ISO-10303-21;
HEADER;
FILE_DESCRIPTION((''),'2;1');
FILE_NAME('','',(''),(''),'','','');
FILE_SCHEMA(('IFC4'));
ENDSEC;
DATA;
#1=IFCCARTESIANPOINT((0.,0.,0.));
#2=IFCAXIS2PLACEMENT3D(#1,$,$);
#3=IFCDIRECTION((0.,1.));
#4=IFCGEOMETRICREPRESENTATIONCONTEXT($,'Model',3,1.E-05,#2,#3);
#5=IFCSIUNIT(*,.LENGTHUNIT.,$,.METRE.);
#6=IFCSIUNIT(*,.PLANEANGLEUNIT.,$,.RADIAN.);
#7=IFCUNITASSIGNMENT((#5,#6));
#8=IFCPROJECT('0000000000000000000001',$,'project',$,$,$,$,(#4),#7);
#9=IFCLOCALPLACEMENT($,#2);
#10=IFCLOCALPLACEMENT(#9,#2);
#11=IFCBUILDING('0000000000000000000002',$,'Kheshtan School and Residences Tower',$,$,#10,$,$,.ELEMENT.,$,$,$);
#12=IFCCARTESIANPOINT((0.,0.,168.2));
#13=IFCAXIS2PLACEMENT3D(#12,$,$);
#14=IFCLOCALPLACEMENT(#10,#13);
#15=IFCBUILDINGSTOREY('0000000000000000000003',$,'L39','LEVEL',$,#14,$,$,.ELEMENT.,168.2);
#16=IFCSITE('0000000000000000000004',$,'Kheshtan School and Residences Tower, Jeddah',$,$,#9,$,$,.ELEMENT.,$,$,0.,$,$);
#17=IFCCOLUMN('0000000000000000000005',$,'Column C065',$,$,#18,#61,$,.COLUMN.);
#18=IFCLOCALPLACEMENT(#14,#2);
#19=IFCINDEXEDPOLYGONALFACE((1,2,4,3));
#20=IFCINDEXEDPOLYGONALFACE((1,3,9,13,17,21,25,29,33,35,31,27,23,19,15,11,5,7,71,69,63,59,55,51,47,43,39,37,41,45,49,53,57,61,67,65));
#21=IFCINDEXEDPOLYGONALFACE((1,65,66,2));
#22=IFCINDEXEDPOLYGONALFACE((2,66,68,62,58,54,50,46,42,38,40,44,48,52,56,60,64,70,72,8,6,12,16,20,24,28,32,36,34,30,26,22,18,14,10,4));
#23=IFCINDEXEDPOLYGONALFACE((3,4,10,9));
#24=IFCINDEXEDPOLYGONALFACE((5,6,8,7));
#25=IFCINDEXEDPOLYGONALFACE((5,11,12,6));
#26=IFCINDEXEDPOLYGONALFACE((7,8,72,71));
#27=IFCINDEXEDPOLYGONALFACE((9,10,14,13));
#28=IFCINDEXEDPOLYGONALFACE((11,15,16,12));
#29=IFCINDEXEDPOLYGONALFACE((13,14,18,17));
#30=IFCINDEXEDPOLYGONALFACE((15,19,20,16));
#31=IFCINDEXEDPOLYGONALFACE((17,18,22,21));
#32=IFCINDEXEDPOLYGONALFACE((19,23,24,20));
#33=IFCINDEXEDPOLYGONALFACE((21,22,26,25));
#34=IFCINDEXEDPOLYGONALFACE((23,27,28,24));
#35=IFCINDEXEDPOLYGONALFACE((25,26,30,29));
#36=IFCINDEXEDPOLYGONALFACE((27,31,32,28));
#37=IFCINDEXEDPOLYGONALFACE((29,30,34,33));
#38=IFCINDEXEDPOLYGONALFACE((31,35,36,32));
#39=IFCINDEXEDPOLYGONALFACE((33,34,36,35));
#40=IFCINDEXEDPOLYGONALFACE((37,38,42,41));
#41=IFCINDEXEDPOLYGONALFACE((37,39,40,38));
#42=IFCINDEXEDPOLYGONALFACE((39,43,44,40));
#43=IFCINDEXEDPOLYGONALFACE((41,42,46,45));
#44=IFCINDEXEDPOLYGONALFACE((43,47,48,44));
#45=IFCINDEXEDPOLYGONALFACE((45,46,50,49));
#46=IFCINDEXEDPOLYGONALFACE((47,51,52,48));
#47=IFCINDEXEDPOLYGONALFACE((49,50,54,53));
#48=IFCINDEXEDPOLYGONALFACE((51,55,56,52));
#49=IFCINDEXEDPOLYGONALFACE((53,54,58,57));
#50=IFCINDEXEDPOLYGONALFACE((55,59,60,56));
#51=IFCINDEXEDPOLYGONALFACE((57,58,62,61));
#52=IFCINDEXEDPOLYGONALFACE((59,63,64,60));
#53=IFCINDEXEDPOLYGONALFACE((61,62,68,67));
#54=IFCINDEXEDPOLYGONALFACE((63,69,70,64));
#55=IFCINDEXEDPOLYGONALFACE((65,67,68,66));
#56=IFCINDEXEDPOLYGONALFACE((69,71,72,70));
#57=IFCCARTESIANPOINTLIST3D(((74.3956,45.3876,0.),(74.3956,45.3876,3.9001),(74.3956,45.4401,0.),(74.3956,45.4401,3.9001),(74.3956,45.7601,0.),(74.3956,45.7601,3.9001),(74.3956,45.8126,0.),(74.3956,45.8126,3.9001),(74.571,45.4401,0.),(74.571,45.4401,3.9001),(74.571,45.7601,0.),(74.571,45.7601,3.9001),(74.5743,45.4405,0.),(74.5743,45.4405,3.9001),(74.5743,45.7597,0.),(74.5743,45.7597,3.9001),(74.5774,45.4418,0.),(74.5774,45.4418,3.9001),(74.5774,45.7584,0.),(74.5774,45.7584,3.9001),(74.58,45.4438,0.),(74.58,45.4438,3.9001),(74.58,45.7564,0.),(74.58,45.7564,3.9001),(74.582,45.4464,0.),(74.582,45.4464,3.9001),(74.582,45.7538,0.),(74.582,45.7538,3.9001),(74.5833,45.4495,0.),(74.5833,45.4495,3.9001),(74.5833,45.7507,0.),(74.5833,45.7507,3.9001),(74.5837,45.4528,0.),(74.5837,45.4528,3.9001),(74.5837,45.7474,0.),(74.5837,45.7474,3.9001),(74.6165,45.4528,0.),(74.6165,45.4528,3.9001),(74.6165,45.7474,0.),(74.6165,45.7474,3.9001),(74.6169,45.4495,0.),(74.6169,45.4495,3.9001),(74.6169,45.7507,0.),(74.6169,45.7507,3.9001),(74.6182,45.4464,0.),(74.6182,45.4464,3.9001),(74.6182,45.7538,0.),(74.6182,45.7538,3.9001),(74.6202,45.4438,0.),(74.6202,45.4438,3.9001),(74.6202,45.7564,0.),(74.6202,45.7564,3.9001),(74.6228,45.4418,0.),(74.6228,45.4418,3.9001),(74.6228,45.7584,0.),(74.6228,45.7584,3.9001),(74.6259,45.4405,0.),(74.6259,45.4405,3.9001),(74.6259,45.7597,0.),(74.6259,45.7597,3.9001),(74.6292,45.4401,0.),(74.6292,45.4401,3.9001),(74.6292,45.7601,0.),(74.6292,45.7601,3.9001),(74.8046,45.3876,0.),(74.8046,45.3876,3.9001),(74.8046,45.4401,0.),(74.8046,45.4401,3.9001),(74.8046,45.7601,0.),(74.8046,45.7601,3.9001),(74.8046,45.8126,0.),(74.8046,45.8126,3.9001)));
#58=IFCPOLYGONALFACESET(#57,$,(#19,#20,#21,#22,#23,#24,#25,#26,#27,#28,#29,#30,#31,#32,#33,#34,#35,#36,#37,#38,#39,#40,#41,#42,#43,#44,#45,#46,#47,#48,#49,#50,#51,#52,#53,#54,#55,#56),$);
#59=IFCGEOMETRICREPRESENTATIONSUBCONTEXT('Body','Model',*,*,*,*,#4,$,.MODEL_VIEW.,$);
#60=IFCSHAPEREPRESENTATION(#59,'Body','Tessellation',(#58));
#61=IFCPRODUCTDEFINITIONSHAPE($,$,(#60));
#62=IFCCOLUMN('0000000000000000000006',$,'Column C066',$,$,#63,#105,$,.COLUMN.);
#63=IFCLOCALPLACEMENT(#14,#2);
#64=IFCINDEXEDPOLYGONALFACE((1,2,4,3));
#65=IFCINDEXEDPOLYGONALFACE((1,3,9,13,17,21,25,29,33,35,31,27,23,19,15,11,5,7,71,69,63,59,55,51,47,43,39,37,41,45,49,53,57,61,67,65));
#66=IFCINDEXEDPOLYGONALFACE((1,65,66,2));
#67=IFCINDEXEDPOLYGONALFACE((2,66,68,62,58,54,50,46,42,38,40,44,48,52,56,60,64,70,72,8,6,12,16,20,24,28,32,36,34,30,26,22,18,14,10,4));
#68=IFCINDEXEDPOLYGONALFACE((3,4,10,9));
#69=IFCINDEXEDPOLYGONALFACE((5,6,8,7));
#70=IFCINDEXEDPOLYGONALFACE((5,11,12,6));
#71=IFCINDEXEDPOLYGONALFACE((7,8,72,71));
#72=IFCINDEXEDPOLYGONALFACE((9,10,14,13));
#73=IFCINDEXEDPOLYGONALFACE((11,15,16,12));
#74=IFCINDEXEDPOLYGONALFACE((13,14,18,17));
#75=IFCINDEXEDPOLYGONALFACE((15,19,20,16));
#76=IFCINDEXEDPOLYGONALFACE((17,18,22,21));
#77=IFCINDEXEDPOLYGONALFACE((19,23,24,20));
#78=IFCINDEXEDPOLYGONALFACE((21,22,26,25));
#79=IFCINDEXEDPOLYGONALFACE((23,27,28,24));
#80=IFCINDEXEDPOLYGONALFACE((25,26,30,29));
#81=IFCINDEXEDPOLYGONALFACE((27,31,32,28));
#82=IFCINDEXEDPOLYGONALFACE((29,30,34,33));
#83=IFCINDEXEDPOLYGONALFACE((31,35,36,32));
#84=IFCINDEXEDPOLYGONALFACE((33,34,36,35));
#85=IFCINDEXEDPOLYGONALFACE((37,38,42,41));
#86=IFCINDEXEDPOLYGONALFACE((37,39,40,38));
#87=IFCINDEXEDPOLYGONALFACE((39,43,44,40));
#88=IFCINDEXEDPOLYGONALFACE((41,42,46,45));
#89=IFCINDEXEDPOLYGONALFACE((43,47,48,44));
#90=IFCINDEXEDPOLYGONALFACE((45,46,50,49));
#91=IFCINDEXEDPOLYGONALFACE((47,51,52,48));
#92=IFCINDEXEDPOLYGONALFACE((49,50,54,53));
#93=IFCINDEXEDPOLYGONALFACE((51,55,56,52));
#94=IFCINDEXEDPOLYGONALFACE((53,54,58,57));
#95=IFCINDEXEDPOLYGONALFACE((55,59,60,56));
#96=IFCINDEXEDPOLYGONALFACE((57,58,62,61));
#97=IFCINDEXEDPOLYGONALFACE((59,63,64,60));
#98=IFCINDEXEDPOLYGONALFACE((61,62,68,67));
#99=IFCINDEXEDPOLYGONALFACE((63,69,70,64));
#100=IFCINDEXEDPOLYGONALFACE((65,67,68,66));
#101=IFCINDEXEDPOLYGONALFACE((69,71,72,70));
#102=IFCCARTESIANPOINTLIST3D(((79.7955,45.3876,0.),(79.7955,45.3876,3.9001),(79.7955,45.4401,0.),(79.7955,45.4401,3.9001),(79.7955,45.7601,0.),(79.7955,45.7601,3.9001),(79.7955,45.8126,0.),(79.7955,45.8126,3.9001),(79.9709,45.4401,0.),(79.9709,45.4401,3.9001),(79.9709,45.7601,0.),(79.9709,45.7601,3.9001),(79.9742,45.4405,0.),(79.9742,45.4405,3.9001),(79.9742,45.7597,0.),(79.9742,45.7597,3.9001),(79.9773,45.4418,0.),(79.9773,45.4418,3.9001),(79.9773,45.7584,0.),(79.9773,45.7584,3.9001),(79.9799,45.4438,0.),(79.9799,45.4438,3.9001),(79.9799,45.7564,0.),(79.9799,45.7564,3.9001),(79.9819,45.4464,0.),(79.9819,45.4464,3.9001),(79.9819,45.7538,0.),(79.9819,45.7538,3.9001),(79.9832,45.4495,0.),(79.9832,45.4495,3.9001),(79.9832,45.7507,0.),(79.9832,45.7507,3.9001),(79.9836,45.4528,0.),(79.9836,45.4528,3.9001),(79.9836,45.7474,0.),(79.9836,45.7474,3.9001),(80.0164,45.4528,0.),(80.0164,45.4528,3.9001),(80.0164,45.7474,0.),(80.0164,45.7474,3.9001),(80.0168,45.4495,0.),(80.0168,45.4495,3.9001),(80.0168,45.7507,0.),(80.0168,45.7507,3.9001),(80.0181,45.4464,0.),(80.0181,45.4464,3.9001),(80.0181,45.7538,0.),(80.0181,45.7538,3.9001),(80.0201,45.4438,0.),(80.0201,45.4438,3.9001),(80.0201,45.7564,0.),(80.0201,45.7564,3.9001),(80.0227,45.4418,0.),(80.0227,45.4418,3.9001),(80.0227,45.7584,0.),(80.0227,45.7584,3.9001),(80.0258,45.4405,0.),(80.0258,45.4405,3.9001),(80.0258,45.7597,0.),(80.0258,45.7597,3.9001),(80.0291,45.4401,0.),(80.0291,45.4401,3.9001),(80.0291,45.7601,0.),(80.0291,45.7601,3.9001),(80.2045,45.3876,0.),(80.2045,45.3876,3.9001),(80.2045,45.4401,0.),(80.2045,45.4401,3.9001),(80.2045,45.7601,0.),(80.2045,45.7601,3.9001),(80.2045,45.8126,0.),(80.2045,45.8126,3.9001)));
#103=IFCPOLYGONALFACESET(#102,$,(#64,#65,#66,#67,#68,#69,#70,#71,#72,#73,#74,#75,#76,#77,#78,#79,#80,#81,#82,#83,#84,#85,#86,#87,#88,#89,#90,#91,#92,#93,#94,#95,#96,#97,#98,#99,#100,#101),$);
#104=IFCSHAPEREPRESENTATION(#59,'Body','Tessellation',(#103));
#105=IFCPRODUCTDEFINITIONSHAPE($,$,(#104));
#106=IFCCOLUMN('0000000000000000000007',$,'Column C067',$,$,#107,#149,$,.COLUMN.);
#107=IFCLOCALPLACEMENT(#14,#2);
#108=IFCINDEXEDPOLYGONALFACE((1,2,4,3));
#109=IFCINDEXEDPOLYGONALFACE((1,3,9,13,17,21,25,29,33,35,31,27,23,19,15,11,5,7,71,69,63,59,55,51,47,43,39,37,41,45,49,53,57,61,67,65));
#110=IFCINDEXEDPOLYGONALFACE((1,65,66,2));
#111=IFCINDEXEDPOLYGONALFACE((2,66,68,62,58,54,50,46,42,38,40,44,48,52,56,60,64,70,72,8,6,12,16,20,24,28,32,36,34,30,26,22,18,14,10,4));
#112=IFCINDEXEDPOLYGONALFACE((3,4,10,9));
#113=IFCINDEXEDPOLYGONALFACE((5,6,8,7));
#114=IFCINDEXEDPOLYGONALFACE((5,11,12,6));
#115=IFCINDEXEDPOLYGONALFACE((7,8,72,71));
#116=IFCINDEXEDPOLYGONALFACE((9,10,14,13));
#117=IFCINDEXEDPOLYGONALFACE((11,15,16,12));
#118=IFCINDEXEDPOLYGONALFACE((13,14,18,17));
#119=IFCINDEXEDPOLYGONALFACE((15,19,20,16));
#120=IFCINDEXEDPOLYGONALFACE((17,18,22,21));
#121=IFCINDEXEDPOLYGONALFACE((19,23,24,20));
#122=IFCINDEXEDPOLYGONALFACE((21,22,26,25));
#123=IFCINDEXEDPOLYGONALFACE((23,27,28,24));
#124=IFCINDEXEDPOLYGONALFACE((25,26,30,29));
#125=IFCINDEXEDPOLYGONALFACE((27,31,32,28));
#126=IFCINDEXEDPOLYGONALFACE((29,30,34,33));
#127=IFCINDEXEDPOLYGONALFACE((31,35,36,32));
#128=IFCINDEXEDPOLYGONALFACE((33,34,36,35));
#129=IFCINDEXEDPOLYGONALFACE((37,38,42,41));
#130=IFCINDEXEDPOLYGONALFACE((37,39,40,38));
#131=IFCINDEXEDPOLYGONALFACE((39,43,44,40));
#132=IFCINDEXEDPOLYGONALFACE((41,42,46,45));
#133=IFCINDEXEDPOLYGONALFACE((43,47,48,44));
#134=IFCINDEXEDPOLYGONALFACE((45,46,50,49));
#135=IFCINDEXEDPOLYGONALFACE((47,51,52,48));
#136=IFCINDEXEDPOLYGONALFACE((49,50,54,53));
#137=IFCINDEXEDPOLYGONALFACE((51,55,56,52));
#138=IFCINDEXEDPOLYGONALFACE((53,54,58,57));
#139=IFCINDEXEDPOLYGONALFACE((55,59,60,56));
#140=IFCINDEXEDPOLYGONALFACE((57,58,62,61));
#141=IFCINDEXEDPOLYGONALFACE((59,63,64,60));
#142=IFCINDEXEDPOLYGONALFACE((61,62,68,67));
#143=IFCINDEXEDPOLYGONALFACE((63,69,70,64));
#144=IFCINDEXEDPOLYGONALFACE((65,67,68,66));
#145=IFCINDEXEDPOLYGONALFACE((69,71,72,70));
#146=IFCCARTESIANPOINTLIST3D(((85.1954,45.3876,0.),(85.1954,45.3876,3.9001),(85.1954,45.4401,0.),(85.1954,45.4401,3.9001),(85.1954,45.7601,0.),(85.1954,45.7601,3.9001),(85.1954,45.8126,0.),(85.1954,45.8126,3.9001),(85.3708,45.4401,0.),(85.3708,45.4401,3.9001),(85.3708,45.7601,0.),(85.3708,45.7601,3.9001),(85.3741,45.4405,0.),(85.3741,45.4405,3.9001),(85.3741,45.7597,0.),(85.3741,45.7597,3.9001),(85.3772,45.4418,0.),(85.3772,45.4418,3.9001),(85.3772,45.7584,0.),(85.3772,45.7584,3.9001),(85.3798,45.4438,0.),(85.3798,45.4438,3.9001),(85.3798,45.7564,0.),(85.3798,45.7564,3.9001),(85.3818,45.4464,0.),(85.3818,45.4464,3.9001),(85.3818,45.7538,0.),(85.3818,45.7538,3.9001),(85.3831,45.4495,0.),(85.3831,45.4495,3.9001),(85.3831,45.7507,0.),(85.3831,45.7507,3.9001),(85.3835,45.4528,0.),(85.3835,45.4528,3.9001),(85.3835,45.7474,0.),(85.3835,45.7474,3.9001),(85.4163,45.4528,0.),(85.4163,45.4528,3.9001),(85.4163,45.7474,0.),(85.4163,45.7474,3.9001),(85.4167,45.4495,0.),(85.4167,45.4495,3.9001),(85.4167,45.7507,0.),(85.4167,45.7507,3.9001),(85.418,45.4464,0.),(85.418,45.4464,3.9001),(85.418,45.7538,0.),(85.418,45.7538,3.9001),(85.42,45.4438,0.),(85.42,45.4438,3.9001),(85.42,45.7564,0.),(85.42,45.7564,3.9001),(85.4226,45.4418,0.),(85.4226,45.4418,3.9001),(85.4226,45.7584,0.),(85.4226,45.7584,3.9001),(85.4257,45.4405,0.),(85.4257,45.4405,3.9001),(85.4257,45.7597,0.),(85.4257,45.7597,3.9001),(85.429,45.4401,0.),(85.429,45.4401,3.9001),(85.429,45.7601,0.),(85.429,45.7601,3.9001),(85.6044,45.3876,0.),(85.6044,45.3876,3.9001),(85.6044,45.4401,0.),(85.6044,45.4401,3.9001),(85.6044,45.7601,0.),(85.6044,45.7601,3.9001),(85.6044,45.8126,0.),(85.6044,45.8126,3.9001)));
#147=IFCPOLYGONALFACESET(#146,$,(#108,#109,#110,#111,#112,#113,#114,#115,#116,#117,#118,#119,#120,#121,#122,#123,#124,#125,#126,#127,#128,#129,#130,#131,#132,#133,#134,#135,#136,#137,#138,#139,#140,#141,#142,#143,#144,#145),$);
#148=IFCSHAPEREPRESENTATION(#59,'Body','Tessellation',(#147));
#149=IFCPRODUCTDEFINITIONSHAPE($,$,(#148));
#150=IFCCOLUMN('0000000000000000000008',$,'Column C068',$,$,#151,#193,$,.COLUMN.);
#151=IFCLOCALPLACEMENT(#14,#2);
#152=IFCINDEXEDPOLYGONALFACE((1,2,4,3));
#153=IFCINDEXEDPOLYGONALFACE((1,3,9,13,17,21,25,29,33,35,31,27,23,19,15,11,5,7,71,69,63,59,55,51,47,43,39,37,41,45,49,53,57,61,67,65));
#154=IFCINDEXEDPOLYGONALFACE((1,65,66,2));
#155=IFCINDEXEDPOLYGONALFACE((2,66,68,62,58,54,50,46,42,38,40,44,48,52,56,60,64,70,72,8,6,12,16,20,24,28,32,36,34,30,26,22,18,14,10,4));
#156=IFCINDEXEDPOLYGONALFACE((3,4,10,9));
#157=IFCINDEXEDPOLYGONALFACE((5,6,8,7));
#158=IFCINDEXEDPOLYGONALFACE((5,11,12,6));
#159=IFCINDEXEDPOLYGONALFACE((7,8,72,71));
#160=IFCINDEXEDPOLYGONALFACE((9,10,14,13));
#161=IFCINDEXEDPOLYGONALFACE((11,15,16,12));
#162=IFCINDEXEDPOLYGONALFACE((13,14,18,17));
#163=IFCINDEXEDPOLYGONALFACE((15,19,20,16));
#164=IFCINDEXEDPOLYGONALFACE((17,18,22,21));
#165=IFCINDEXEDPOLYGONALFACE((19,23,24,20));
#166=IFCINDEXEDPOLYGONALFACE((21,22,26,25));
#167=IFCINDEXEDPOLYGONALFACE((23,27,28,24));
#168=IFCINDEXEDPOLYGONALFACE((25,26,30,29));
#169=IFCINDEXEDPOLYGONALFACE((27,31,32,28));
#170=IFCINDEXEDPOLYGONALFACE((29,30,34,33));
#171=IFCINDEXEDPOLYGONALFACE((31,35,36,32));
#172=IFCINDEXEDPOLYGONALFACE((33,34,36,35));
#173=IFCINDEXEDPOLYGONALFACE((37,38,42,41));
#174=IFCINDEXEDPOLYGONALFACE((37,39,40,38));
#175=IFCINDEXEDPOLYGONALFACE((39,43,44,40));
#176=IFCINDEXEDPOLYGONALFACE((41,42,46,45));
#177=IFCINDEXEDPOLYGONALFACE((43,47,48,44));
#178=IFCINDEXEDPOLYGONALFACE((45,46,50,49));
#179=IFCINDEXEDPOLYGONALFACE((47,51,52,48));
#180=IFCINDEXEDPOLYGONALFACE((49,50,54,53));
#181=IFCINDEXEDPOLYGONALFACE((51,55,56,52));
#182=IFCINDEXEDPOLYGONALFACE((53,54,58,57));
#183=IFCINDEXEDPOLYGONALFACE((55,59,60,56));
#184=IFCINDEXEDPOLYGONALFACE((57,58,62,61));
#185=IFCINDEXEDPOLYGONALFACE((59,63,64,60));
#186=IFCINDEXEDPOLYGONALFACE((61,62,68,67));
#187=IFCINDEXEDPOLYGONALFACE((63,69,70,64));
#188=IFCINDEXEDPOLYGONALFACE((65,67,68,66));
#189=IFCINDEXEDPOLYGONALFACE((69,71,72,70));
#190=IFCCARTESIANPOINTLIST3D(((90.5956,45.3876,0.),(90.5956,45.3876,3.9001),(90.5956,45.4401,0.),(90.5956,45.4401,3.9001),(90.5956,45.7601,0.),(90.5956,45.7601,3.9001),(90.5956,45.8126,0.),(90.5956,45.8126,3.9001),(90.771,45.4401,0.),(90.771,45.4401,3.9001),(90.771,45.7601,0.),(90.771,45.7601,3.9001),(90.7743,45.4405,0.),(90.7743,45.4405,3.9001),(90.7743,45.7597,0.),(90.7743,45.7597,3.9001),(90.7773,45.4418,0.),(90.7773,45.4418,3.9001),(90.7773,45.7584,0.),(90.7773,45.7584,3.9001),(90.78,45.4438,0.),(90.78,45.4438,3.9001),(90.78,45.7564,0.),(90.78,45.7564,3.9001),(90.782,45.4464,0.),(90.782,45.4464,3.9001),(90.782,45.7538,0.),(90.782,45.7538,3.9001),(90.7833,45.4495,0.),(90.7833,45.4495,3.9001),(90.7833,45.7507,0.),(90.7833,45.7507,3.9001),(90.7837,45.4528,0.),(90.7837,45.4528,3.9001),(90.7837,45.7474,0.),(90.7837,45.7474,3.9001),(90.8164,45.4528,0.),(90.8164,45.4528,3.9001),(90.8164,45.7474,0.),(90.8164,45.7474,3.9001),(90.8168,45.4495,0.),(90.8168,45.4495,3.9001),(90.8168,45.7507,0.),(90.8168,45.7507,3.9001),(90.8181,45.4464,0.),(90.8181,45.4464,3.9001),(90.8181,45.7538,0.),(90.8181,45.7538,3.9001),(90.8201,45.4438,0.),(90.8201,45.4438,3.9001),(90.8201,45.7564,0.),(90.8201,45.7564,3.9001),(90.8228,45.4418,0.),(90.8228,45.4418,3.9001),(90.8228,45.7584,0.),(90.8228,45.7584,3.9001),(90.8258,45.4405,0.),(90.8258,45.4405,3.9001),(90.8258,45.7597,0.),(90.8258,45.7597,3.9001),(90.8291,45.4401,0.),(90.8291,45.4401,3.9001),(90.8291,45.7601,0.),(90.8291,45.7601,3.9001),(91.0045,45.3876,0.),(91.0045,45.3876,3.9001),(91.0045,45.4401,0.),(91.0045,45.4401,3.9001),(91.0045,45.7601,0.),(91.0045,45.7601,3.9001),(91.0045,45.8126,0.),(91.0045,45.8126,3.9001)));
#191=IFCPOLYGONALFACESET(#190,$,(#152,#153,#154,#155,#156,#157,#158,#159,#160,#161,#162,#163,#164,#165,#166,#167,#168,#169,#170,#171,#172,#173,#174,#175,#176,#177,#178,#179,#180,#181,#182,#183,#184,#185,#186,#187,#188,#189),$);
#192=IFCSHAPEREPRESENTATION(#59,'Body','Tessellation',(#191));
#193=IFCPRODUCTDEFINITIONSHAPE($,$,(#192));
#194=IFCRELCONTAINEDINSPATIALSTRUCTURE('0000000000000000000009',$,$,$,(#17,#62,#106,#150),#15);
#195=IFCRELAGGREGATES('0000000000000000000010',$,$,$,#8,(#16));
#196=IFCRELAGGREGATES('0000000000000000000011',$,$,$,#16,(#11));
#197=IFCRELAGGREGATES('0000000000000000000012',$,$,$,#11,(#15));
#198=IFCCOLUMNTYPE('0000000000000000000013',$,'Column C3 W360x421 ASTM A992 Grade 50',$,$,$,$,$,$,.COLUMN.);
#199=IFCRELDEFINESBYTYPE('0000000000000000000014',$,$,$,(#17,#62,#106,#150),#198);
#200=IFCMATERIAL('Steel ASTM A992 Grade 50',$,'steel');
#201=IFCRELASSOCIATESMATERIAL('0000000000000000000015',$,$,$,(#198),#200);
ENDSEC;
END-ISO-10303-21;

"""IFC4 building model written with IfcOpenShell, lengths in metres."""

from ifc_helpers import new_model, si_unit, direction, frame, origin, origin_2d, place, context, subcontext, project, spatial, i_section, extrude, material, material_profile, profile_set, type_object, element, save


model = new_model("IFC4")

# Units and contexts
model_context = context("Model", 3, precision=1e-05, world=origin(), true_north=direction((0.0, 1.0)))
body_context = subcontext(model_context, "Body", "Model", "MODEL_VIEW")
ifc_project = project(units=[si_unit("LENGTHUNIT", "METRE"), si_unit("PLANEANGLEUNIT", "RADIAN")], contexts=[model_context])

# Site, building, storey
site_placement = place(None, origin())
site = spatial("IfcSite", under=ifc_project, at=site_placement, Name="Kheshtan School and Residences Tower, Jeddah", CompositionType="ELEMENT", RefElevation=0.0)
building_placement = place(site_placement, origin())
building = spatial("IfcBuilding", under=site, at=building_placement, Name="Kheshtan School and Residences Tower", CompositionType="ELEMENT")
storey_placement = place(building_placement, frame((0.0, 0.0, 168.2)))
storey = spatial("IfcBuildingStorey", under=building, at=storey_placement, Name="L39", Description="LEVEL", CompositionType="ELEMENT", Elevation=168.2)

# Columns
ifc_material_1 = material(Name="Steel ASTM A992 Grade 50", Category="steel")
ifc_material_profile_1 = material_profile(ifc_material_1, i_section(OverallWidth=0.4089, OverallDepth=0.425, WebThickness=0.0327, FlangeThickness=0.0525, FilletRadius=0.0127, at=origin_2d()), Name="W360x421")
ifc_profile_set_1 = profile_set([ifc_material_profile_1], Name="Steel ASTM A992 Grade 50")
column_type = type_object("IfcColumnType", Name="Column C3 W360x421 ASTM A992 Grade 50", PredefinedType="COLUMN", material=ifc_profile_set_1)
for number, where, z_axis, x_axis, name in (
    (1, (74.6001, 45.6001, 0.0), (0.0, 0.0, 1.0), (1.0, 0.0, 0.0), "Column C065"),
    (2, (80.0, 45.6001, 0.0), (0.0, 0.0, 1.0), (1.0, 0.0, 0.0), "Column C066"),
    (3, (85.3999, 45.6001, 0.0), (0.0, 0.0, 1.0), (1.0, 0.0, 0.0), "Column C067"),
    (4, (90.8, 45.6001, 0.0), (0.0, 0.0, 1.0), (1.0, 0.0, 0.0), "Column C068"),
):
    element("IfcColumn", number, at=place(storey_placement, frame(where, z_axis=z_axis, x_axis=x_axis)), inside=storey, type_object=column_type, Name=name, PredefinedType="COLUMN", context=body_context, shape_type="SweptSolid", body=[
        extrude(i_section(OverallWidth=0.4089, OverallDepth=0.425, WebThickness=0.0327, FlangeThickness=0.0525, FilletRadius=0.0127, at=origin_2d()), origin(), (0.0, 0.0, 1.0), 3.9001),
    ])

save(model, "model.ifc")
